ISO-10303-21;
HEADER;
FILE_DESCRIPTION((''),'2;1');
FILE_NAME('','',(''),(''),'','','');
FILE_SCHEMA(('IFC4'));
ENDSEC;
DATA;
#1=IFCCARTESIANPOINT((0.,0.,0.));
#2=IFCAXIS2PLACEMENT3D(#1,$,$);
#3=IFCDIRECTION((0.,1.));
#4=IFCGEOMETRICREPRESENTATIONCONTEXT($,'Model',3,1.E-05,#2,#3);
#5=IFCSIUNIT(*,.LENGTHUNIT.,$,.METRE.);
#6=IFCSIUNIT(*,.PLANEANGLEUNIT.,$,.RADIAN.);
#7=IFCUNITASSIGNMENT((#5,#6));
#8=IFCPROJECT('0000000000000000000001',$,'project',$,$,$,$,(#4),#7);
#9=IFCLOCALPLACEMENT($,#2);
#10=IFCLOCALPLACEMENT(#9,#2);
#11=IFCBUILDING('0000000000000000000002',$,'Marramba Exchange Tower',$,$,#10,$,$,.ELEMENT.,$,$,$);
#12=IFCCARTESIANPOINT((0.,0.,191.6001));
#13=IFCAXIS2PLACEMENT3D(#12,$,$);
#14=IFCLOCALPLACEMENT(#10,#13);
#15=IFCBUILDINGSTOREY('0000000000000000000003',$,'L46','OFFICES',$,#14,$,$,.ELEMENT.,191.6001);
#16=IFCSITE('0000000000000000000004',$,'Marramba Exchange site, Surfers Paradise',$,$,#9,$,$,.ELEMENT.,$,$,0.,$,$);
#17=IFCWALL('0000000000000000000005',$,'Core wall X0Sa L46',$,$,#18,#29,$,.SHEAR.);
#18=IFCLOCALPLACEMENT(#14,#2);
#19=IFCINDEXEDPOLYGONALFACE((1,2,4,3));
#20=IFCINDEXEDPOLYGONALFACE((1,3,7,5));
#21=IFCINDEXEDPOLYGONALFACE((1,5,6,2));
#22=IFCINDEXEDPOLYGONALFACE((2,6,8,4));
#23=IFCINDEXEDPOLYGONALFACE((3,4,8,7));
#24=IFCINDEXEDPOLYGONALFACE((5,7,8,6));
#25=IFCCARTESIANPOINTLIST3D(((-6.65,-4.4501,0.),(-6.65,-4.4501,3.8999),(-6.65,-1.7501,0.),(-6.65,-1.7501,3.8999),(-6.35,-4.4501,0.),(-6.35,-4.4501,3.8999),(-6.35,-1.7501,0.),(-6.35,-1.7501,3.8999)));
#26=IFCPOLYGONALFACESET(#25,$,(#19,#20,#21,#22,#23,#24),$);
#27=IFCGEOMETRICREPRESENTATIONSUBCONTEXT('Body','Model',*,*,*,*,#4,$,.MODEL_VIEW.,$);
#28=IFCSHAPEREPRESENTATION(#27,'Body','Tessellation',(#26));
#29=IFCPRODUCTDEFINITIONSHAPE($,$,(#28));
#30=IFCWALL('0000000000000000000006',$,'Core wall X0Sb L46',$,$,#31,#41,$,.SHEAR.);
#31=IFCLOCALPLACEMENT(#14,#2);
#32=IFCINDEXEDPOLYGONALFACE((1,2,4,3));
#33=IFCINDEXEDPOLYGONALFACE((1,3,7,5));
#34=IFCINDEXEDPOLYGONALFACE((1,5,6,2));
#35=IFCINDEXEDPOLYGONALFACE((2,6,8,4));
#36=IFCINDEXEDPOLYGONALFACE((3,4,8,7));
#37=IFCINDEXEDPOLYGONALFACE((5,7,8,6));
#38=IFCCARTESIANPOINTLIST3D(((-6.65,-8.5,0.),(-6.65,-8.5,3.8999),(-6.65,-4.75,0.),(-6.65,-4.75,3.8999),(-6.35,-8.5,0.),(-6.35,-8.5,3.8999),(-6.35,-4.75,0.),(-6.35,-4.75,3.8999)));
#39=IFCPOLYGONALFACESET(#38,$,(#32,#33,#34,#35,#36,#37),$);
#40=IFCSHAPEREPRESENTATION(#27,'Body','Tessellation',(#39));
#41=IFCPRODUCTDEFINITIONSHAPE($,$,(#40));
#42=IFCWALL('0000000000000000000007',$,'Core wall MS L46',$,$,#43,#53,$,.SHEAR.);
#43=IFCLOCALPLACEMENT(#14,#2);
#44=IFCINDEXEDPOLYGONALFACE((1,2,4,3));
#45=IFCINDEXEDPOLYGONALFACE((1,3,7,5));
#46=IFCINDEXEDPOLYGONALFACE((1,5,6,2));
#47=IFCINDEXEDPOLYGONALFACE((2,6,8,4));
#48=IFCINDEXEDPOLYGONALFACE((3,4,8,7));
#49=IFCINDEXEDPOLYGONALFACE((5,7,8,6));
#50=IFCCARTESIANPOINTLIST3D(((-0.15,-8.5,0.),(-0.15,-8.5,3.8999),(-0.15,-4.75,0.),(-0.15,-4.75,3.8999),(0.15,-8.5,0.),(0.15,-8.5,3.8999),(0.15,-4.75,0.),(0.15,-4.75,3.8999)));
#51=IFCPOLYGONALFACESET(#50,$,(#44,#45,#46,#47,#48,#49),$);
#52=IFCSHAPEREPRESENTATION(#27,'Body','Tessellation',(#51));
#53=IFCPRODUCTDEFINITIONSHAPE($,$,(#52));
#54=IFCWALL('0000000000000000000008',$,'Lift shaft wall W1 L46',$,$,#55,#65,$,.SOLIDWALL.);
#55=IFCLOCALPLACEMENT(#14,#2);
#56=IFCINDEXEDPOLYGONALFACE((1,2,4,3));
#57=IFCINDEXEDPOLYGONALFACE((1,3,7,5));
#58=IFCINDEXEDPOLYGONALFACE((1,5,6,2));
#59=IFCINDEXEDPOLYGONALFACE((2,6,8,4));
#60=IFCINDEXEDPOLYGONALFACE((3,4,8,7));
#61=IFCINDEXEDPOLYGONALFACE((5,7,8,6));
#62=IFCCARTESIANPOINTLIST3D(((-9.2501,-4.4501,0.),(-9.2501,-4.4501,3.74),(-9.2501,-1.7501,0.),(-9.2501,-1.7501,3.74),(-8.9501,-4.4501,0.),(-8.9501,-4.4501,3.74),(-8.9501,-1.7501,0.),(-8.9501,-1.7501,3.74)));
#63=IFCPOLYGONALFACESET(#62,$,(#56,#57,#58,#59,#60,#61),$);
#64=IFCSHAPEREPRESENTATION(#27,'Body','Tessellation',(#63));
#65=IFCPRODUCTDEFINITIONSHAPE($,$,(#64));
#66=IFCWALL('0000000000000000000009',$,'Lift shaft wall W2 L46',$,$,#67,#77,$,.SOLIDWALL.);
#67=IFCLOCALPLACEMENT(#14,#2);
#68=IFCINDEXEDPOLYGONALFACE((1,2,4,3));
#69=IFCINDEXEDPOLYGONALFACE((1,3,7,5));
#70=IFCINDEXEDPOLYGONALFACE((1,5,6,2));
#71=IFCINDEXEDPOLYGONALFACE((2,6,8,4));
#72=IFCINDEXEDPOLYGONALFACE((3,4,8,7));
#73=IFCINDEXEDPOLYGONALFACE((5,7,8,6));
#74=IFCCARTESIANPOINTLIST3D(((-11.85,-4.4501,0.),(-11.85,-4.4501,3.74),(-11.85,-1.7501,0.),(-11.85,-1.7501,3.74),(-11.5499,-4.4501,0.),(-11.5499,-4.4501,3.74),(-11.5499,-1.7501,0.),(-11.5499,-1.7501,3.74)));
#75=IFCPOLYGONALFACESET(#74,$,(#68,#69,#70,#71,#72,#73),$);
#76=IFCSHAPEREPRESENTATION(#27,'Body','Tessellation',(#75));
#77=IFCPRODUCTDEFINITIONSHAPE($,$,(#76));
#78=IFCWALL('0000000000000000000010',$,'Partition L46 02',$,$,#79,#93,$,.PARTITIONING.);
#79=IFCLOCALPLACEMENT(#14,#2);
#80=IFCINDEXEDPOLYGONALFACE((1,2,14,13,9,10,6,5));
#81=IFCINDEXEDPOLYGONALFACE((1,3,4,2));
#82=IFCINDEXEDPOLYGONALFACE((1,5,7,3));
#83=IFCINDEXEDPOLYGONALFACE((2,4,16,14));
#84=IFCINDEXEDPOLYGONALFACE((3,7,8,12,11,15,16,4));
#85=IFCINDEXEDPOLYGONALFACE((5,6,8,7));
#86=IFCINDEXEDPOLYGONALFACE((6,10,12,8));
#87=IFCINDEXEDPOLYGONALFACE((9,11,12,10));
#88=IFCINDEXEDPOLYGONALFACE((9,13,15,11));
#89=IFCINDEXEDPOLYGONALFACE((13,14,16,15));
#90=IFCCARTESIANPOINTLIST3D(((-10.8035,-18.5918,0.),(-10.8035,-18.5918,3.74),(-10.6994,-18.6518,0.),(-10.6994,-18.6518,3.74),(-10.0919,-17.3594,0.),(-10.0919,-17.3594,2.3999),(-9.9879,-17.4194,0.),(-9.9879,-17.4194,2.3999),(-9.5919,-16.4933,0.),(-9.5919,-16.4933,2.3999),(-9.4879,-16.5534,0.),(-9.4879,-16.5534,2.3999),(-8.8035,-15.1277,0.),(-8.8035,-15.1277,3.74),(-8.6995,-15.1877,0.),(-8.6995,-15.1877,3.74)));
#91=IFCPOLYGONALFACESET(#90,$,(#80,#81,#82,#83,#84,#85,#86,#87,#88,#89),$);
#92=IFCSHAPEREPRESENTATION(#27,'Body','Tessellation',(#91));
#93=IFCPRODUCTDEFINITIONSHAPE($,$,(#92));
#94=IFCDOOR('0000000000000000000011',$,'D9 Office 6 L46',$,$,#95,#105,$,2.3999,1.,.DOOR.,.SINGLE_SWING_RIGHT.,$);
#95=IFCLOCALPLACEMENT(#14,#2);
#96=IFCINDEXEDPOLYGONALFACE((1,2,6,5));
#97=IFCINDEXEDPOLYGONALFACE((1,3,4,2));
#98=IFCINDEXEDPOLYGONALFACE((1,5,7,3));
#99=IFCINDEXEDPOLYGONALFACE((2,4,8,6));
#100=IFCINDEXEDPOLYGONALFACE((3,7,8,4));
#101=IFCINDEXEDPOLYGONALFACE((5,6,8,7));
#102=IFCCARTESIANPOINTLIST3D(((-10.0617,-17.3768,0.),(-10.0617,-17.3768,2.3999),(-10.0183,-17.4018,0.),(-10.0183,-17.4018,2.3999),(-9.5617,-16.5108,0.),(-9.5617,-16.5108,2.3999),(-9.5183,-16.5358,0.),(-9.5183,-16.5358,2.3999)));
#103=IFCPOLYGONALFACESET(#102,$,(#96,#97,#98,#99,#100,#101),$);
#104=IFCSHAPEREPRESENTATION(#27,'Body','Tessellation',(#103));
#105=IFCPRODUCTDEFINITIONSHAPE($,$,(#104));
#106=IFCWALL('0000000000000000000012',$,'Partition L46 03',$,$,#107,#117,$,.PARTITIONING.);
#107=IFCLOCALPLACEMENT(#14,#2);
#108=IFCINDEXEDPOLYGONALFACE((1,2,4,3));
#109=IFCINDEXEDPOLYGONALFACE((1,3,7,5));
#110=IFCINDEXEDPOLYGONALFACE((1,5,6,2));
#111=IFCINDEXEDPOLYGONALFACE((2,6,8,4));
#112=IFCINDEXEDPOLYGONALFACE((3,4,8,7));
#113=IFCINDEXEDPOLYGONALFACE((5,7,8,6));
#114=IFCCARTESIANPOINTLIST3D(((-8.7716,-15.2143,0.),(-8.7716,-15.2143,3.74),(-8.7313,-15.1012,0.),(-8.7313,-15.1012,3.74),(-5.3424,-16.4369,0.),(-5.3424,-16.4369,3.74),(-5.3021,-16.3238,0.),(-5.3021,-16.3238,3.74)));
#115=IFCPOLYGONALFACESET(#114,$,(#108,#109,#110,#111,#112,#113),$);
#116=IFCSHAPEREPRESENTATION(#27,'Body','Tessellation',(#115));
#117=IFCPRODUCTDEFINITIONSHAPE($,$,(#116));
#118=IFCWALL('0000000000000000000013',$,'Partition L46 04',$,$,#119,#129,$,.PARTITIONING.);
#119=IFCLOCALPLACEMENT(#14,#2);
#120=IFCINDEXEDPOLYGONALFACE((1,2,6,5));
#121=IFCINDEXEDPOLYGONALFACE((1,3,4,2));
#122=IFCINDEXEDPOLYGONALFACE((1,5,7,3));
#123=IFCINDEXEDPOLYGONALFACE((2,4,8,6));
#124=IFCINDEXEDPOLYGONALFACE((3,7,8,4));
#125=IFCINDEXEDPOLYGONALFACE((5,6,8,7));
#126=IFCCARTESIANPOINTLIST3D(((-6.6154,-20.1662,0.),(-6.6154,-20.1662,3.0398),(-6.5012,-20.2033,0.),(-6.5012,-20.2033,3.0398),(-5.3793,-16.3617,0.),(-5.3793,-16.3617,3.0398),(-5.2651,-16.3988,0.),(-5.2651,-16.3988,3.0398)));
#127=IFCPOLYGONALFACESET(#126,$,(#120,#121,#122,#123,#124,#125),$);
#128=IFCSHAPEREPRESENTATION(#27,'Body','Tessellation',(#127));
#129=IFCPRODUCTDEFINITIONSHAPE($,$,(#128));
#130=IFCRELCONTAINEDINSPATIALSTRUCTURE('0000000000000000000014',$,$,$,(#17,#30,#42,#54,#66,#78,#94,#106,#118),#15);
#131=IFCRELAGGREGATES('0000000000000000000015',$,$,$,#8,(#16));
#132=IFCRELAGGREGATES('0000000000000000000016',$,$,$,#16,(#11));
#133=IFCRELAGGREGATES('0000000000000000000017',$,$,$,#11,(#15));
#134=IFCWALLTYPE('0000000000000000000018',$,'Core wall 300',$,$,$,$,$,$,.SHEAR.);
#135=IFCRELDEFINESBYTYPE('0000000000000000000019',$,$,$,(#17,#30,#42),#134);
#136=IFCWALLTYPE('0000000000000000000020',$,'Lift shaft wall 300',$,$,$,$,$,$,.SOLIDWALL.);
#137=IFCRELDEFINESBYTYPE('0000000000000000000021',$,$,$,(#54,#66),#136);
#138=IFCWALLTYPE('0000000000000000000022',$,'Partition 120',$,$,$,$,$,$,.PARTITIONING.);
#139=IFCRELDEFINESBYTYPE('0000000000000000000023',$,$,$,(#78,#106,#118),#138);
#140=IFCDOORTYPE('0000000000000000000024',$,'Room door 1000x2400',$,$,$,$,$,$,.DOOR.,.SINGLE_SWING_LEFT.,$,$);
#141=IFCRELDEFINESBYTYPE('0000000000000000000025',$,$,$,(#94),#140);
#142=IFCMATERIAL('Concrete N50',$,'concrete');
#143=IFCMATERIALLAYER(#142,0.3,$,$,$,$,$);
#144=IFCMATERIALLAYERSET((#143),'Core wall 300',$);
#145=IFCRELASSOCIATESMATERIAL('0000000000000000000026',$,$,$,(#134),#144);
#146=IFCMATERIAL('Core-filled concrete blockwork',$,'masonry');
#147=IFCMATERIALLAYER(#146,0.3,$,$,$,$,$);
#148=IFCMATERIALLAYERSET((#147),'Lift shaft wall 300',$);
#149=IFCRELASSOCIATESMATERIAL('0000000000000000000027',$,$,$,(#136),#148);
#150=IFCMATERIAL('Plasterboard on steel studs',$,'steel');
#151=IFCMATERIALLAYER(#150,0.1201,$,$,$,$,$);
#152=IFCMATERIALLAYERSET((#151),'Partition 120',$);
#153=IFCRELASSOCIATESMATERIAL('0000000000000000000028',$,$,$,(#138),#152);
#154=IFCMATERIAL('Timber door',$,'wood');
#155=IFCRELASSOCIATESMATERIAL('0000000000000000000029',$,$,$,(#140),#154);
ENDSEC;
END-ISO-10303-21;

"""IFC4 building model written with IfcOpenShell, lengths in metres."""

from ifc_helpers import new_model, si_unit, direction, frame, frame_2d, origin, place, context, subcontext, project, spatial, rectangle, extrude, material, layer, layer_set, type_object, element, fill, save


model = new_model("IFC4")

# Units and contexts
model_context = context("Model", 3, precision=1e-05, world=origin(), true_north=direction((0.0, 1.0)))
body_context = subcontext(model_context, "Body", "Model", "MODEL_VIEW")
ifc_project = project(units=[si_unit("LENGTHUNIT", "METRE"), si_unit("PLANEANGLEUNIT", "RADIAN")], contexts=[model_context])

# Site, building, storey
site_placement = place(None, origin())
site = spatial("IfcSite", under=ifc_project, at=site_placement, Name="Marramba Exchange site, Surfers Paradise", CompositionType="ELEMENT", RefElevation=0.0)
building_placement = place(site_placement, origin())
building = spatial("IfcBuilding", under=site, at=building_placement, Name="Marramba Exchange Tower", CompositionType="ELEMENT")
storey_placement = place(building_placement, frame((0.0, 0.0, 191.6001)))
storey = spatial("IfcBuildingStorey", under=building, at=storey_placement, Name="L46", Description="OFFICES", CompositionType="ELEMENT", Elevation=191.6001)

# Shared definitions
ifc_material_1 = material(Name="Concrete N50", Category="concrete")

# Walls
ifc_layer_1 = layer(ifc_material_1, 0.3)
ifc_layer_set_1 = layer_set([ifc_layer_1], Name="Core wall 300")
wall_type_1 = type_object("IfcWallType", Name="Core wall 300", PredefinedType="SHEAR", material=ifc_layer_set_1)
wall_1_placement = place(storey_placement, frame((-6.5, -1.75, 0.0), z_axis=(0.0, 0.0, 1.0), x_axis=(0.0, -1.0, 0.0)))
element("IfcWall", 1, at=wall_1_placement, inside=storey, type_object=wall_type_1, Name="Core wall X0Sa L46", PredefinedType="SHEAR", context=body_context, shape_type="SweptSolid", body=[
    extrude(rectangle(XDim=2.7, YDim=0.3, at=frame_2d((1.3501, 0.0))), origin(), (0.0, 0.0, 1.0), 3.8999),
])
for number, where, z_axis, x_axis, name in (
    (2, (-6.5, -4.75, 0.0), (0.0, 0.0, 1.0), (0.0, -1.0, 0.0), "Core wall X0Sb L46"),
    (3, (0.0, -4.75, 0.0), (0.0, 0.0, 1.0), (0.0, -1.0, 0.0), "Core wall MS L46"),
):
    element("IfcWall", number, at=place(storey_placement, frame(where, z_axis=z_axis, x_axis=x_axis)), inside=storey, type_object=wall_type_1, Name=name, PredefinedType="SHEAR", context=body_context, shape_type="SweptSolid", body=[
        extrude(rectangle(XDim=3.75, YDim=0.3, at=frame_2d((1.875, 0.0))), origin(), (0.0, 0.0, 1.0), 3.8999),
    ])
ifc_material_2 = material(Name="Core-filled concrete blockwork", Category="masonry")
ifc_layer_2 = layer(ifc_material_2, 0.3)
ifc_layer_set_2 = layer_set([ifc_layer_2], Name="Lift shaft wall 300")
wall_type_2 = type_object("IfcWallType", Name="Lift shaft wall 300", PredefinedType="SOLIDWALL", material=ifc_layer_set_2)
for number, where, z_axis, x_axis, name in (
    (4, (-9.1001, -1.75, 0.0), (0.0, 0.0, 1.0), (0.0, -1.0, 0.0), "Lift shaft wall W1 L46"),
    (5, (-11.7, -1.75, 0.0), (0.0, 0.0, 1.0), (0.0, -1.0, 0.0), "Lift shaft wall W2 L46"),
):
    element("IfcWall", number, at=place(storey_placement, frame(where, z_axis=z_axis, x_axis=x_axis)), inside=storey, type_object=wall_type_2, Name=name, PredefinedType="SOLIDWALL", context=body_context, shape_type="SweptSolid", body=[
        extrude(rectangle(XDim=2.7, YDim=0.3, at=frame_2d((1.3501, 0.0))), origin(), (0.0, 0.0, 1.0), 3.74),
    ])

# Wall, opening, door
ifc_material_3 = material(Name="Plasterboard on steel studs", Category="steel")
ifc_layer_3 = layer(ifc_material_3, 0.1201)
ifc_layer_set_3 = layer_set([ifc_layer_3], Name="Partition 120")
wall_type_3 = type_object("IfcWallType", Name="Partition 120", PredefinedType="PARTITIONING", material=ifc_layer_set_3)
wall_2_placement = place(storey_placement, frame((-8.7515, -15.1577, 0.0), z_axis=(0.0, 0.0, 1.0), x_axis=(-0.499999, -0.866026, 0.0)))
wall_2 = element("IfcWall", 6, at=wall_2_placement, inside=storey, type_object=wall_type_3, Name="Partition L46 02", PredefinedType="PARTITIONING", context=body_context, shape_type="SweptSolid", body=[
    extrude(rectangle(XDim=4.0, YDim=0.1201, at=frame_2d((2.0, 0.0))), origin(), (0.0, 0.0, 1.0), 3.74),
])
opening_1_placement = place(wall_2_placement, frame((1.5769, 0.0, 0.0)))
opening_1 = element("IfcOpeningElement", 7, at=opening_1_placement, cuts=wall_2, PredefinedType="OPENING", context=body_context, shape_type="SweptSolid", body=[
    extrude(rectangle(XDim=1.0, YDim=2.3999, at=frame_2d((0.5, 1.2))), frame((0.0, 0.0701, 0.0), z_axis=(0.0, -1.0, 0.0), x_axis=(1.0, 0.0, 0.0)), (0.0, 0.0, 1.0), 0.1401),
])
ifc_material_4 = material(Name="Timber door", Category="wood")
door_type = type_object("IfcDoorType", Name="Room door 1000x2400", OperationType="SINGLE_SWING_LEFT", PredefinedType="DOOR", material=ifc_material_4)
door_1_placement = place(opening_1_placement, origin())
door_1 = element("IfcDoor", 8, at=door_1_placement, inside=storey, type_object=door_type, Name="D9 Office 6 L46", OperationType="SINGLE_SWING_RIGHT", OverallHeight=2.3999, OverallWidth=1.0, PredefinedType="DOOR", context=body_context, shape_type="SweptSolid", body=[
    extrude(rectangle(XDim=1.0, YDim=2.3999, at=frame_2d((0.5, 1.2))), frame((0.0, 0.0249, 0.0), z_axis=(0.0, -1.0, 0.0), x_axis=(1.0, 0.0, 0.0)), (0.0, 0.0, 1.0), 0.05),
])
fill(opening_1, door_1)

# Walls
wall_3_placement = place(storey_placement, frame((-5.3223, -16.3804, 0.0), z_axis=(0.0, 0.0, 1.0), x_axis=(-0.941921, 0.335835, 0.0)))
element("IfcWall", 9, at=wall_3_placement, inside=storey, type_object=wall_type_3, Name="Partition L46 03", PredefinedType="PARTITIONING", context=body_context, shape_type="SweptSolid", body=[
    extrude(rectangle(XDim=3.6406, YDim=0.1201, at=frame_2d((1.8203, 0.0))), origin(), (0.0, 0.0, 1.0), 3.74),
])
wall_4_placement = place(storey_placement, frame((-5.3223, -16.3804, 0.0), z_axis=(0.0, 0.0, 1.0), x_axis=(-0.309005, -0.951061, 0.0)))
element("IfcWall", 10, at=wall_4_placement, inside=storey, type_object=wall_type_3, Name="Partition L46 04", PredefinedType="PARTITIONING", context=body_context, shape_type="SweptSolid", body=[
    extrude(rectangle(XDim=4.0002, YDim=0.1201, at=frame_2d((2.0, 0.0))), origin(), (0.0, 0.0, 1.0), 3.0398),
])

save(model, "model.ifc")
